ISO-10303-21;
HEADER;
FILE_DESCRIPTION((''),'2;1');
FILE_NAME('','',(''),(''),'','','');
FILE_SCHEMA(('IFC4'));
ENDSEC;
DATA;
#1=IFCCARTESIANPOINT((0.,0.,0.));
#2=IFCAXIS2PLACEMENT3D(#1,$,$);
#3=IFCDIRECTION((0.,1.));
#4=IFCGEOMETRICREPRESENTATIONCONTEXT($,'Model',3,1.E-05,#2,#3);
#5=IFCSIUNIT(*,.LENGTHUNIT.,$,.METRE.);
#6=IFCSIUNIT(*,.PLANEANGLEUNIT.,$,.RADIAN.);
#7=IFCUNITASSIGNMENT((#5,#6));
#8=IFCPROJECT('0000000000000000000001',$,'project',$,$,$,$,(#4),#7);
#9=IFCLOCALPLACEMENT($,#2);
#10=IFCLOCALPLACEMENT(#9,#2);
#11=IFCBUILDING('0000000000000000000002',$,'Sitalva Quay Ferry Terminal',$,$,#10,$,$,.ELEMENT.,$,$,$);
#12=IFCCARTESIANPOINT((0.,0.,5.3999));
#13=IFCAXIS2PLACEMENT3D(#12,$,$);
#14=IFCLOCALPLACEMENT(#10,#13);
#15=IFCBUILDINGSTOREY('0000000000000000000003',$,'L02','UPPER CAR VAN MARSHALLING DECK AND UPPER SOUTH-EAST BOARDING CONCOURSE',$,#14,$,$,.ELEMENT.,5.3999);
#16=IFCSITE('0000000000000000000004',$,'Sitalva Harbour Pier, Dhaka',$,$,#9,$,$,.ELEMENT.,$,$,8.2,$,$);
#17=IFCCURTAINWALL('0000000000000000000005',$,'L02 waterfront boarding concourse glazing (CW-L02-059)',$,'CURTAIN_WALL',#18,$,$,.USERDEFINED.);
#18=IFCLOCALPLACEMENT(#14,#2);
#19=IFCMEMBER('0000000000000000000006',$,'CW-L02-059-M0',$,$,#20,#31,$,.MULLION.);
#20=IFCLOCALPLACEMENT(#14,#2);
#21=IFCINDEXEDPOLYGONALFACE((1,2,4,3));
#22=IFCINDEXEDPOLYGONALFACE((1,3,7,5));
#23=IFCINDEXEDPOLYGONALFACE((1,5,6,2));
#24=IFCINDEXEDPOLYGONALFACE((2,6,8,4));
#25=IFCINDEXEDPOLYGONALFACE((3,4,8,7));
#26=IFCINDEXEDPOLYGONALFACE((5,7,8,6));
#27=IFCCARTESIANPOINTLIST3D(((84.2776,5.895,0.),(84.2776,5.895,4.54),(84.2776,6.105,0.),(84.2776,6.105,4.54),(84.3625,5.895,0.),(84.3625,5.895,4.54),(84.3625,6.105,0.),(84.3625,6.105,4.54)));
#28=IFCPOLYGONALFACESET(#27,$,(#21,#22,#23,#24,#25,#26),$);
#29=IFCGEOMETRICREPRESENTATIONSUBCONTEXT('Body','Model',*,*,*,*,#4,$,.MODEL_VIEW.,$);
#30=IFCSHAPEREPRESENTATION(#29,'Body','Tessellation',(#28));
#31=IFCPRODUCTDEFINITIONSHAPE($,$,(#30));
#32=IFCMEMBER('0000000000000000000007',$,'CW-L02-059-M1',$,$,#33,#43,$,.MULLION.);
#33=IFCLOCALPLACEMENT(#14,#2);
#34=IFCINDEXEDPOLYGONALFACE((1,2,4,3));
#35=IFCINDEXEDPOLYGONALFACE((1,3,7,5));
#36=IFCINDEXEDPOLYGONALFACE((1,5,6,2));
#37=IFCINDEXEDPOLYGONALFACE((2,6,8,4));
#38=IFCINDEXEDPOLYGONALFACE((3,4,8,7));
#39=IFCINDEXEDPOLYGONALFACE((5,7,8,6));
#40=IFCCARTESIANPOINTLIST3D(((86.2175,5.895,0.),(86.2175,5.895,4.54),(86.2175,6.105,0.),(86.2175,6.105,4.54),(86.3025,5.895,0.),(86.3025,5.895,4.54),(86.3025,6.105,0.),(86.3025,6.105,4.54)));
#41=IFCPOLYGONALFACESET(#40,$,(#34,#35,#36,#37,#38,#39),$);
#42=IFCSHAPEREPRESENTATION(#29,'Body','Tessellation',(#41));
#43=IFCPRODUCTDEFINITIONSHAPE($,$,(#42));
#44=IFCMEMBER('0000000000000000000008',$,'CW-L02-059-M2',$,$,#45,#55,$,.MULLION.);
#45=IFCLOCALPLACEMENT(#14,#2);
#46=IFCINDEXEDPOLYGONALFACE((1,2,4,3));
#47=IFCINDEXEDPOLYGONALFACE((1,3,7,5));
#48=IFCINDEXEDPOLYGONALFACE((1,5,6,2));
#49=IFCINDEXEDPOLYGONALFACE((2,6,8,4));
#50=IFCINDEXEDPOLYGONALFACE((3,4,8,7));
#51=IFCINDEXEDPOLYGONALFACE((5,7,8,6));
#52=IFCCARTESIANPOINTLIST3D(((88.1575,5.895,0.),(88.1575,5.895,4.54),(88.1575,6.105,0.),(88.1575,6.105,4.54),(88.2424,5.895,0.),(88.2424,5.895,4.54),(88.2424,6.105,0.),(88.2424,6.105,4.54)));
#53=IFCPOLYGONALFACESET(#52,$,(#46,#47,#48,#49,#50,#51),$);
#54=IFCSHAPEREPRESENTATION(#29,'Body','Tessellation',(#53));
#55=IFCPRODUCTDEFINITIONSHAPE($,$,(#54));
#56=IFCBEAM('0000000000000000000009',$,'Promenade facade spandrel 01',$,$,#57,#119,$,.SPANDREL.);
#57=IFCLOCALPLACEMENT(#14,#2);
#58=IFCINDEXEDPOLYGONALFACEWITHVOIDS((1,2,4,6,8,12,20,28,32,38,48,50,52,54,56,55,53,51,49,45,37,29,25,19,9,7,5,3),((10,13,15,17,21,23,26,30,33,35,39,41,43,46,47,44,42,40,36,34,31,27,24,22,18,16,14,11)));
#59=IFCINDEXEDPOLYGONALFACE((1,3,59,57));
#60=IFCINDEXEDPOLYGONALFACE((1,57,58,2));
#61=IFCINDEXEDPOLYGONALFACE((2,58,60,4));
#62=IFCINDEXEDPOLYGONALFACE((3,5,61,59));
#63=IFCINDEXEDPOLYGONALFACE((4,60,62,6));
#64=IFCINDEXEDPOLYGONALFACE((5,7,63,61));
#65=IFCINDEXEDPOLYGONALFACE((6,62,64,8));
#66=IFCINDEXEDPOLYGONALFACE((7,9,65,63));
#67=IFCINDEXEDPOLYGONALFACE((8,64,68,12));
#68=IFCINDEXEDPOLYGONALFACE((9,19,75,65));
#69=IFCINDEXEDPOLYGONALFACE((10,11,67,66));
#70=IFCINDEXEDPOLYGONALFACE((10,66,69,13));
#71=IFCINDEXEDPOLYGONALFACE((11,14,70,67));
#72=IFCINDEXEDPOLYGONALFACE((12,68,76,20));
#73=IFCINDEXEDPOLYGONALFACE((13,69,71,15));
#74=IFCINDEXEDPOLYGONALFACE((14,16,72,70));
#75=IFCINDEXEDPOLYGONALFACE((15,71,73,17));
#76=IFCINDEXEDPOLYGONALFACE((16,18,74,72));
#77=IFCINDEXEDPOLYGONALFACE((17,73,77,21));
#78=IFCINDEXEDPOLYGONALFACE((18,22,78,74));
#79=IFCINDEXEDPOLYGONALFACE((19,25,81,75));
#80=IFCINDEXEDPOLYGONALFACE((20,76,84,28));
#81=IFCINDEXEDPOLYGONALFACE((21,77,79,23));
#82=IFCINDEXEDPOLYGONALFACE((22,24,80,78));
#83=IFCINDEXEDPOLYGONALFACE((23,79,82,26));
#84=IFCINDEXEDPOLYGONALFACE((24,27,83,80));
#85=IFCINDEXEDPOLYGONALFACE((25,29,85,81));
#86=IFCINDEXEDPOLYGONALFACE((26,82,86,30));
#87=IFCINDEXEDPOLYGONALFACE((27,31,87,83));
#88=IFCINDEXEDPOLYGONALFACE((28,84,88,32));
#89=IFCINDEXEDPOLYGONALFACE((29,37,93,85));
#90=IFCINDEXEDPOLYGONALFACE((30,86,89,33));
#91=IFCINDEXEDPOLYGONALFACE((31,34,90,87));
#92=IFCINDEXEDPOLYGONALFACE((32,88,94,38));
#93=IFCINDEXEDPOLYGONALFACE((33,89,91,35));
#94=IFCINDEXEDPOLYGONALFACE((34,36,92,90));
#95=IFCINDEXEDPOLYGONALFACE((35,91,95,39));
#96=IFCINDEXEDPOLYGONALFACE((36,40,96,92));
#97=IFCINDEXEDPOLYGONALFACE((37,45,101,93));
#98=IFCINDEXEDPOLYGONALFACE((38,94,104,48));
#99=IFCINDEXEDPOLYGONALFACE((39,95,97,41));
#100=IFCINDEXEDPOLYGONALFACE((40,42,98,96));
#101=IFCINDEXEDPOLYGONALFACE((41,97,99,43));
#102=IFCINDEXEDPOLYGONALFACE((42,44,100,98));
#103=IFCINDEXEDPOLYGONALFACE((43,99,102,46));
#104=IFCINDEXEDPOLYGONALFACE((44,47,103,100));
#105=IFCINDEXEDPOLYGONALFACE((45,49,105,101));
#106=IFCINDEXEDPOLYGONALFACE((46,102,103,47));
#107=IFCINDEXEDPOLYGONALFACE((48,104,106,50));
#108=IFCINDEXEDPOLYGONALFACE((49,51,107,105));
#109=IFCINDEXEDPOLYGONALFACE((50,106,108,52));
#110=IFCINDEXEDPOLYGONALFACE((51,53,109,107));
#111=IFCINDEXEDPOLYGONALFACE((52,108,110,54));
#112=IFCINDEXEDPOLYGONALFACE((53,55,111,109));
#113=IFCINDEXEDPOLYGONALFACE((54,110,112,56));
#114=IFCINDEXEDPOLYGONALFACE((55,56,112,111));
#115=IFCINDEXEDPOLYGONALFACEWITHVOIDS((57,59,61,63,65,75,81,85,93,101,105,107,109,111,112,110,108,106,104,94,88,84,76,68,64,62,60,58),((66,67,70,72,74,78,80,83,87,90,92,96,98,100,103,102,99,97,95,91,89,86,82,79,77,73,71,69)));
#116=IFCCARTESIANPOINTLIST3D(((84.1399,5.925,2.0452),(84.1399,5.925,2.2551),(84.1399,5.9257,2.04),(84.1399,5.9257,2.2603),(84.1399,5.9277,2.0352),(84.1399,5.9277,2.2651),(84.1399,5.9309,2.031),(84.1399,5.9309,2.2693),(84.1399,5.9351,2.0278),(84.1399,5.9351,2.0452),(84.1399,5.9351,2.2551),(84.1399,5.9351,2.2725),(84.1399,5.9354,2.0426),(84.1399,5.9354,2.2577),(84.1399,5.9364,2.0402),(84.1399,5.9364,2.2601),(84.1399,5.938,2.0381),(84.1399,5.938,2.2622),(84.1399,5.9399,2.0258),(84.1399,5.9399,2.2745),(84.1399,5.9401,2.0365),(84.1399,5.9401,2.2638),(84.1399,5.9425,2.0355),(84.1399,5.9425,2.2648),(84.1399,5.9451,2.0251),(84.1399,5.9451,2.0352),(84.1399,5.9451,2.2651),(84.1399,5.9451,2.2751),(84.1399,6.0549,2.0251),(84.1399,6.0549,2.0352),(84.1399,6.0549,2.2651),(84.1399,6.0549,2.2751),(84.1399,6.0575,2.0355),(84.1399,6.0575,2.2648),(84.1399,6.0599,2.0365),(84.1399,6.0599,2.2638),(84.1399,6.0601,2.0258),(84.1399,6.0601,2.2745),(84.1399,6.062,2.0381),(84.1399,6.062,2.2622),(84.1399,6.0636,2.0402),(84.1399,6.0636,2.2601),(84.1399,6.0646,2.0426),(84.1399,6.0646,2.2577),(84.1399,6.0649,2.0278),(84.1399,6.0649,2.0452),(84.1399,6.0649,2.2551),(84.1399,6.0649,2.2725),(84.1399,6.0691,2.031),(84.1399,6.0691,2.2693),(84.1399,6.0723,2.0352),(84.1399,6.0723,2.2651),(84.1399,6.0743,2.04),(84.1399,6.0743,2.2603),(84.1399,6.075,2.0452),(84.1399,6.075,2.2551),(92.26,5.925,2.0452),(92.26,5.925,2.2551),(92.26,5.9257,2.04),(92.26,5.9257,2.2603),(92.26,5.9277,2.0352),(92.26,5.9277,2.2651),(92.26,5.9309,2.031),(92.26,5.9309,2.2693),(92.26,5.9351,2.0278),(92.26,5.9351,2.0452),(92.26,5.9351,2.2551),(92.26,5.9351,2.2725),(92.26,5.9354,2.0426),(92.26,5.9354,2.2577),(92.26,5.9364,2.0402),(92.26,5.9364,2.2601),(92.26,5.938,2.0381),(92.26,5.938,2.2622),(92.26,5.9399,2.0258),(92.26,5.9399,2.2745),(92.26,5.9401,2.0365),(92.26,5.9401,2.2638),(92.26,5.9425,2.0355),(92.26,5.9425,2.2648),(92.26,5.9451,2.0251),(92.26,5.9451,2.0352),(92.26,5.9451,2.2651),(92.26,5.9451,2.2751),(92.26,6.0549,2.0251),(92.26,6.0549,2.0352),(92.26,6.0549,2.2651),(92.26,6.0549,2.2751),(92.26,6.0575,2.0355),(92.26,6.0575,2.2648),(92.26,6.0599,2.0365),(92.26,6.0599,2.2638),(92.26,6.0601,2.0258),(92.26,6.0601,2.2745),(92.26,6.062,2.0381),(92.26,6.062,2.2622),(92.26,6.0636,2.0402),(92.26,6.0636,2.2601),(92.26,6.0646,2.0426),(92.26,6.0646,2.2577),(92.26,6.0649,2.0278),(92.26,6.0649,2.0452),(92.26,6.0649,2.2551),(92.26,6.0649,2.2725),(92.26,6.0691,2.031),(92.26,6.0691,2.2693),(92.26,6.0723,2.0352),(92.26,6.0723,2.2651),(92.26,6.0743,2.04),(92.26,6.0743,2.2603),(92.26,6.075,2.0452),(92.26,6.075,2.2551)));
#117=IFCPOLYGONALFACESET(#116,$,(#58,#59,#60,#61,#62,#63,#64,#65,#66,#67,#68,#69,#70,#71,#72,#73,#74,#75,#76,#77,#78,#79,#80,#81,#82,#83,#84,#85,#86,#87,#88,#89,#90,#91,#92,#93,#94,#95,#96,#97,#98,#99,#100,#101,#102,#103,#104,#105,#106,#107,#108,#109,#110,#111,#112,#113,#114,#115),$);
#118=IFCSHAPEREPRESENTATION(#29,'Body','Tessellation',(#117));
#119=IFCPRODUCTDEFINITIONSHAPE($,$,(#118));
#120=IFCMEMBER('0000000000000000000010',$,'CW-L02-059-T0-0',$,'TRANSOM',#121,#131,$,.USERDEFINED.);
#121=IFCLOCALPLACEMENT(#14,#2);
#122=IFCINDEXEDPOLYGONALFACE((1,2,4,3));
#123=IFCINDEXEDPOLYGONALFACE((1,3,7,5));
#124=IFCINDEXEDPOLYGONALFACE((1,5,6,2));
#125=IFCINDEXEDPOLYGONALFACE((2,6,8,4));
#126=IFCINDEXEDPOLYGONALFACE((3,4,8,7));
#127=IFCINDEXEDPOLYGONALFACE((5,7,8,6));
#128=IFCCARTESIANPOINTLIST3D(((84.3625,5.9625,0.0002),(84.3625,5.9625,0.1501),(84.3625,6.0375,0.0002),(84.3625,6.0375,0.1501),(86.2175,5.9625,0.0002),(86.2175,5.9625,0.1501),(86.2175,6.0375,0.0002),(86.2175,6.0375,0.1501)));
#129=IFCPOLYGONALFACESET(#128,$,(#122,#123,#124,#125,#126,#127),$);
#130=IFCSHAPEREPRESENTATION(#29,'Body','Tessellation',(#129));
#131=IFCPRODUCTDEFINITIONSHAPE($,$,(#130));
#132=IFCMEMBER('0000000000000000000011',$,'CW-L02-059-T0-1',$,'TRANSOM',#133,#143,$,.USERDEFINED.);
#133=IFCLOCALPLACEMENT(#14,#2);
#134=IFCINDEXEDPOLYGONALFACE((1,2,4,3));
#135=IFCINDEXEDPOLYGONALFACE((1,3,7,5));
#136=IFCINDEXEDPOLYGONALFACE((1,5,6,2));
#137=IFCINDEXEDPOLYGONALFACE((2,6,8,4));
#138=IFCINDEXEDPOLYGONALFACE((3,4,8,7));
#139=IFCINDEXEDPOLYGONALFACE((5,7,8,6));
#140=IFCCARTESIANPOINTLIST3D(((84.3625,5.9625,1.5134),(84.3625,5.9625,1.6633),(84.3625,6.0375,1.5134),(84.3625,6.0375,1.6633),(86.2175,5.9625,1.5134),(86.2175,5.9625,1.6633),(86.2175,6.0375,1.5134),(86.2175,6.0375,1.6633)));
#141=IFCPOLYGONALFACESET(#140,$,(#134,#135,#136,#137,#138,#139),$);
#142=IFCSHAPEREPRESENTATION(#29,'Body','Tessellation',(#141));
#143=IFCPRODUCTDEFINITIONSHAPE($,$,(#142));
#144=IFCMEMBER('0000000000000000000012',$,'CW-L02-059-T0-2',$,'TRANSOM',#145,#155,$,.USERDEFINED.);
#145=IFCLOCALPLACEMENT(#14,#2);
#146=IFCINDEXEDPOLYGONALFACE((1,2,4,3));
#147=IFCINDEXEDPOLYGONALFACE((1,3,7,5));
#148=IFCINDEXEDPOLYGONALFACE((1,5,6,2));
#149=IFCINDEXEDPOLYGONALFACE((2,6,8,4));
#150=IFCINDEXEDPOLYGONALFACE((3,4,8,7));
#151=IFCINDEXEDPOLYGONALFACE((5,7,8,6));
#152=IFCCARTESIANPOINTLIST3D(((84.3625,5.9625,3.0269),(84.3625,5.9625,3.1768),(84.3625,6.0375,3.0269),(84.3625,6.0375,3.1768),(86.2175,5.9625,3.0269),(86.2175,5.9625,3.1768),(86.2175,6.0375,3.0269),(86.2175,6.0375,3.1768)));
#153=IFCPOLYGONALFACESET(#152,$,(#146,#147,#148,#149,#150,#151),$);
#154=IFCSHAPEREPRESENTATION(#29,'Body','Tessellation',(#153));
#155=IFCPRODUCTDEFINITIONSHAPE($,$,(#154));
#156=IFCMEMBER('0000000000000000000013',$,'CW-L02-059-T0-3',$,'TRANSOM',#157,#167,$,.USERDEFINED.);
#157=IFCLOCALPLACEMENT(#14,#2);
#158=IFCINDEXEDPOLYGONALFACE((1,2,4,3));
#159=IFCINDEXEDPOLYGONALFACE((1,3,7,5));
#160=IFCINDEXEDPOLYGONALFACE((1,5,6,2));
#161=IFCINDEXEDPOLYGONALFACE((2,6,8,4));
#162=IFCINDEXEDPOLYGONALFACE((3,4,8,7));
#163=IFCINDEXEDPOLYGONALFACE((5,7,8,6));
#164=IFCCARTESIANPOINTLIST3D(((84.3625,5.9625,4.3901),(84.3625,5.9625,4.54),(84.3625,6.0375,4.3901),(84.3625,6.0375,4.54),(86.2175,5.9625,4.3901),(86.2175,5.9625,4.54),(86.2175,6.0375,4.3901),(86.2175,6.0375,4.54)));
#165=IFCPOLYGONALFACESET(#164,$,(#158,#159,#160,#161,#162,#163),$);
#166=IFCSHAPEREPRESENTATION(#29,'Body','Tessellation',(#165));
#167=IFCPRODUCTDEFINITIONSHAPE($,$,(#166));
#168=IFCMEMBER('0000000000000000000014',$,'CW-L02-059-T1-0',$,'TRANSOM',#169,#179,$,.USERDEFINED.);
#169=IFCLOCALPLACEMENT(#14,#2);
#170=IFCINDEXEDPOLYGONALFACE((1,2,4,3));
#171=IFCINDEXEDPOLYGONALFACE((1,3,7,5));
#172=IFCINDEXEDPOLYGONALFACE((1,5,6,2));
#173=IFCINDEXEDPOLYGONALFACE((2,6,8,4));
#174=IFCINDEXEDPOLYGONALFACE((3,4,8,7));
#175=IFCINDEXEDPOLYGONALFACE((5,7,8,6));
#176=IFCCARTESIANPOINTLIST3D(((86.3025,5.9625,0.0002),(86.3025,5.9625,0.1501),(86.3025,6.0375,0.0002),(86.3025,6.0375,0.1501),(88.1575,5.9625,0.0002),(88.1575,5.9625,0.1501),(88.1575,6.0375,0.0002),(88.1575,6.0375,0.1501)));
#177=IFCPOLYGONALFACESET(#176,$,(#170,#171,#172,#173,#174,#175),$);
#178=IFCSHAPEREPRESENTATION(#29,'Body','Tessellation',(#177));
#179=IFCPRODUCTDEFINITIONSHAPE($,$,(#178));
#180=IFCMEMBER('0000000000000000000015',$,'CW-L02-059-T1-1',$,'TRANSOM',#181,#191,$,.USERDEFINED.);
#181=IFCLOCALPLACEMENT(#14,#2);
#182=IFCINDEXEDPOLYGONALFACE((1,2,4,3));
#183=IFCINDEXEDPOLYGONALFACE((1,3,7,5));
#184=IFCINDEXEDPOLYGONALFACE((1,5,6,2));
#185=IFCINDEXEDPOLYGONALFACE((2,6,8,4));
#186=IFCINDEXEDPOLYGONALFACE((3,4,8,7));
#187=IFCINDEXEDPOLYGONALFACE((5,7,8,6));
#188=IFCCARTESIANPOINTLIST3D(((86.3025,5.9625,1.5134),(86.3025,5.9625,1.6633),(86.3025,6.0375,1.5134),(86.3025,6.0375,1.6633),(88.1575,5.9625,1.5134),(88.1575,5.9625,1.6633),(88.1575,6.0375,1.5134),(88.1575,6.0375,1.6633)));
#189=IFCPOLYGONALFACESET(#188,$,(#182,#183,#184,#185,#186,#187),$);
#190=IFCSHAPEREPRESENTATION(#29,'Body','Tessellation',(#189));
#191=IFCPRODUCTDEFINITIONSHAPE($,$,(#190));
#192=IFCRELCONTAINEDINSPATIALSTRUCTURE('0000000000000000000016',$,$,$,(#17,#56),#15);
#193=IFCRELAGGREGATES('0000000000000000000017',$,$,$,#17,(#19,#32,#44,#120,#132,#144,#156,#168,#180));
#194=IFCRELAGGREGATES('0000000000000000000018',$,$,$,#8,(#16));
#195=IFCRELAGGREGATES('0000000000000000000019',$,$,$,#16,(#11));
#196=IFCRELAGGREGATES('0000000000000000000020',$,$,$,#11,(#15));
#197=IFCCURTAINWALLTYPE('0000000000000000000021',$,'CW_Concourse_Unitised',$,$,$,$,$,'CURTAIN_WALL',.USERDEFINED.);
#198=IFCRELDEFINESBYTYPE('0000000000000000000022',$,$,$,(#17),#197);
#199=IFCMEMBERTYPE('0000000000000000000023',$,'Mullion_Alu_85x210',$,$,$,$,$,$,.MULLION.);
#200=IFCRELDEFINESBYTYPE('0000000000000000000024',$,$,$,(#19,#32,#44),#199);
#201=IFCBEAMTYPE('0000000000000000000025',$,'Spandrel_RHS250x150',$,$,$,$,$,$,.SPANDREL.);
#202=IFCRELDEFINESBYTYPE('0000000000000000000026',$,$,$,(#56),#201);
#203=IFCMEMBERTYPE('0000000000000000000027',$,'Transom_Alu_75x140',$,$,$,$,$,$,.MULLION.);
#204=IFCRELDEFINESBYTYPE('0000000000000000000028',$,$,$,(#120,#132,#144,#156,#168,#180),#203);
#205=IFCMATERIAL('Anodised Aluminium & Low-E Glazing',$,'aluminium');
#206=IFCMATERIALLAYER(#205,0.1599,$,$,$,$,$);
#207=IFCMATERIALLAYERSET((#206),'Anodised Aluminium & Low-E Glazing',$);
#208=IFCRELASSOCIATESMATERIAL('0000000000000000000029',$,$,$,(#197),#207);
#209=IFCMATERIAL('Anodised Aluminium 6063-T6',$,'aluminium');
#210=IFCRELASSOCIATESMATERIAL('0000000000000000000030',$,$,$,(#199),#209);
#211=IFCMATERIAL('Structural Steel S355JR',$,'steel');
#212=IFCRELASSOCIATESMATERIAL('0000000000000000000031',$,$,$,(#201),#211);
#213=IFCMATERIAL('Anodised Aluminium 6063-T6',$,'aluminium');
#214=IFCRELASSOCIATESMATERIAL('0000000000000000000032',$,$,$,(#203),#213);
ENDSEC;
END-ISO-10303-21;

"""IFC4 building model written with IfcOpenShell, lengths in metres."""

from ifc_helpers import new_model, si_unit, direction, frame, origin, origin_2d, place, context, subcontext, project, spatial, rectangle, hollow_rectangle, extrude, material, layer, layer_set, material_profile, profile_set, type_object, element, aggregate, save


model = new_model("IFC4")

# Units and contexts
model_context = context("Model", 3, precision=1e-05, world=origin(), true_north=direction((0.0, 1.0)))
body_context = subcontext(model_context, "Body", "Model", "MODEL_VIEW")
ifc_project = project(units=[si_unit("LENGTHUNIT", "METRE"), si_unit("PLANEANGLEUNIT", "RADIAN")], contexts=[model_context])

# Site, building, storey
site_placement = place(None, origin())
site = spatial("IfcSite", under=ifc_project, at=site_placement, Name="Sitalva Harbour Pier, Dhaka", CompositionType="ELEMENT", RefElevation=8.2)
building_placement = place(site_placement, origin())
building = spatial("IfcBuilding", under=site, at=building_placement, Name="Sitalva Quay Ferry Terminal", CompositionType="ELEMENT")
storey_placement = place(building_placement, frame((0.0, 0.0, 5.3999)))
storey = spatial("IfcBuildingStorey", under=building, at=storey_placement, Name="L02", Description="UPPER CAR VAN MARSHALLING DECK AND UPPER SOUTH-EAST BOARDING CONCOURSE", CompositionType="ELEMENT", Elevation=5.3999)

# Curtain wall, members
ifc_material_1 = material(Name="Anodised Aluminium & Low-E Glazing", Category="aluminium")
ifc_layer_1 = layer(ifc_material_1, 0.1599)
ifc_layer_set_1 = layer_set([ifc_layer_1], Name="Anodised Aluminium & Low-E Glazing")
curtain_wall_type = type_object("IfcCurtainWallType", Name="CW_Concourse_Unitised", ElementType="CURTAIN_WALL", PredefinedType="USERDEFINED", material=ifc_layer_set_1)
curtain_wall_placement = place(storey_placement, origin())
curtain_wall = element("IfcCurtainWall", 1, at=curtain_wall_placement, inside=storey, type_object=curtain_wall_type, Name="L02 waterfront boarding concourse glazing (CW-L02-059)", ObjectType="CURTAIN_WALL", PredefinedType="USERDEFINED")
ifc_material_2 = material(Name="Anodised Aluminium 6063-T6", Category="aluminium")
ifc_material_profile_1 = material_profile(ifc_material_2, rectangle(XDim=0.085, YDim=0.21, at=origin_2d()), Name="ALU85x210")
ifc_profile_set_1 = profile_set([ifc_material_profile_1], Name="Anodised Aluminium 6063-T6")
member_type_1 = type_object("IfcMemberType", Name="Mullion_Alu_85x210", PredefinedType="MULLION", material=ifc_profile_set_1)
member_1_placement = place(storey_placement, frame((84.3201, 6.0, 0.0), z_axis=(0.0, 0.0, 1.0), x_axis=(1.0, 0.0, 0.0)))
member_1 = element("IfcMember", 2, at=member_1_placement, type_object=member_type_1, Name="CW-L02-059-M0", PredefinedType="MULLION", context=body_context, shape_type="SweptSolid", body=[
    extrude(rectangle(XDim=0.085, YDim=0.21, at=origin_2d()), origin(), (0.0, 0.0, 1.0), 4.54),
])
member_2_placement = place(storey_placement, frame((86.26, 6.0, 0.0), z_axis=(0.0, 0.0, 1.0), x_axis=(1.0, 0.0, 0.0)))
member_2 = element("IfcMember", 3, at=member_2_placement, type_object=member_type_1, Name="CW-L02-059-M1", PredefinedType="MULLION", context=body_context, shape_type="SweptSolid", body=[
    extrude(rectangle(XDim=0.085, YDim=0.21, at=origin_2d()), origin(), (0.0, 0.0, 1.0), 4.54),
])
member_3_placement = place(storey_placement, frame((88.2, 6.0, 0.0), z_axis=(0.0, 0.0, 1.0), x_axis=(1.0, 0.0, 0.0)))
member_3 = element("IfcMember", 4, at=member_3_placement, type_object=member_type_1, Name="CW-L02-059-M2", PredefinedType="MULLION", context=body_context, shape_type="SweptSolid", body=[
    extrude(rectangle(XDim=0.085, YDim=0.21, at=origin_2d()), origin(), (0.0, 0.0, 1.0), 4.54),
])

# Beam
ifc_material_3 = material(Name="Structural Steel S355JR", Category="steel")
ifc_material_profile_2 = material_profile(ifc_material_3, hollow_rectangle(XDim=0.1499, YDim=0.25, WallThickness=0.01, InnerFilletRadius=0.01, OuterFilletRadius=0.02, at=origin_2d()), Name="RHS250x150x10")
ifc_profile_set_2 = profile_set([ifc_material_profile_2], Name="Structural Steel S355JR")
beam_type = type_object("IfcBeamType", Name="Spandrel_RHS250x150", PredefinedType="SPANDREL", material=ifc_profile_set_2)
beam_placement = place(storey_placement, frame((84.1399, 6.0, 2.1501), z_axis=(1.0, 0.0, 0.0), x_axis=(0.0, 1.0, 0.0)))
element("IfcBeam", 5, at=beam_placement, inside=storey, type_object=beam_type, Name="Promenade facade spandrel 01", PredefinedType="SPANDREL", context=body_context, shape_type="SweptSolid", body=[
    extrude(hollow_rectangle(XDim=0.1499, YDim=0.25, WallThickness=0.01, InnerFilletRadius=0.01, OuterFilletRadius=0.02, at=origin_2d()), origin(), (0.0, 0.0, 1.0), 8.1201),
])

# Members
ifc_material_4 = material(Name="Anodised Aluminium 6063-T6", Category="aluminium")
ifc_material_profile_3 = material_profile(ifc_material_4, rectangle(XDim=0.075, YDim=0.1499, at=origin_2d()), Name="ALU75x150")
ifc_profile_set_3 = profile_set([ifc_material_profile_3], Name="Anodised Aluminium 6063-T6")
member_type_2 = type_object("IfcMemberType", Name="Transom_Alu_75x140", PredefinedType="MULLION", material=ifc_profile_set_3)
member_4_placement = place(storey_placement, frame((84.3625, 6.0, 0.0752), z_axis=(1.0, 0.0, 0.0), x_axis=(0.0, 1.0, 0.0)))
member_4 = element("IfcMember", 6, at=member_4_placement, type_object=member_type_2, Name="CW-L02-059-T0-0", ObjectType="TRANSOM", PredefinedType="USERDEFINED", context=body_context, shape_type="SweptSolid", body=[
    extrude(rectangle(XDim=0.075, YDim=0.1499, at=origin_2d()), origin(), (0.0, 0.0, 1.0), 1.855),
])
member_5_placement = place(storey_placement, frame((84.3625, 6.0, 1.5884), z_axis=(1.0, 0.0, 0.0), x_axis=(0.0, 1.0, 0.0)))
member_5 = element("IfcMember", 7, at=member_5_placement, type_object=member_type_2, Name="CW-L02-059-T0-1", ObjectType="TRANSOM", PredefinedType="USERDEFINED", context=body_context, shape_type="SweptSolid", body=[
    extrude(rectangle(XDim=0.075, YDim=0.1499, at=origin_2d()), origin(), (0.0, 0.0, 1.0), 1.855),
])
member_6_placement = place(storey_placement, frame((84.3625, 6.0, 3.1018), z_axis=(1.0, 0.0, 0.0), x_axis=(0.0, 1.0, 0.0)))
member_6 = element("IfcMember", 8, at=member_6_placement, type_object=member_type_2, Name="CW-L02-059-T0-2", ObjectType="TRANSOM", PredefinedType="USERDEFINED", context=body_context, shape_type="SweptSolid", body=[
    extrude(rectangle(XDim=0.075, YDim=0.1499, at=origin_2d()), origin(), (0.0, 0.0, 1.0), 1.855),
])
member_7_placement = place(storey_placement, frame((84.3625, 6.0, 4.4651), z_axis=(1.0, 0.0, 0.0), x_axis=(0.0, 1.0, 0.0)))
member_7 = element("IfcMember", 9, at=member_7_placement, type_object=member_type_2, Name="CW-L02-059-T0-3", ObjectType="TRANSOM", PredefinedType="USERDEFINED", context=body_context, shape_type="SweptSolid", body=[
    extrude(rectangle(XDim=0.075, YDim=0.1499, at=origin_2d()), origin(), (0.0, 0.0, 1.0), 1.855),
])
member_8_placement = place(storey_placement, frame((86.3025, 6.0, 0.0752), z_axis=(1.0, 0.0, 0.0), x_axis=(0.0, 1.0, 0.0)))
member_8 = element("IfcMember", 10, at=member_8_placement, type_object=member_type_2, Name="CW-L02-059-T1-0", ObjectType="TRANSOM", PredefinedType="USERDEFINED", context=body_context, shape_type="SweptSolid", body=[
    extrude(rectangle(XDim=0.075, YDim=0.1499, at=origin_2d()), origin(), (0.0, 0.0, 1.0), 1.855),
])
member_9_placement = place(storey_placement, frame((86.3025, 6.0, 1.5884), z_axis=(1.0, 0.0, 0.0), x_axis=(0.0, 1.0, 0.0)))
member_9 = element("IfcMember", 11, at=member_9_placement, type_object=member_type_2, Name="CW-L02-059-T1-1", ObjectType="TRANSOM", PredefinedType="USERDEFINED", context=body_context, shape_type="SweptSolid", body=[
    extrude(rectangle(XDim=0.075, YDim=0.1499, at=origin_2d()), origin(), (0.0, 0.0, 1.0), 1.855),
])

aggregate(curtain_wall, [member_1, member_2, member_3, member_4, member_5, member_6, member_7, member_8, member_9])

save(model, "model.ifc")
